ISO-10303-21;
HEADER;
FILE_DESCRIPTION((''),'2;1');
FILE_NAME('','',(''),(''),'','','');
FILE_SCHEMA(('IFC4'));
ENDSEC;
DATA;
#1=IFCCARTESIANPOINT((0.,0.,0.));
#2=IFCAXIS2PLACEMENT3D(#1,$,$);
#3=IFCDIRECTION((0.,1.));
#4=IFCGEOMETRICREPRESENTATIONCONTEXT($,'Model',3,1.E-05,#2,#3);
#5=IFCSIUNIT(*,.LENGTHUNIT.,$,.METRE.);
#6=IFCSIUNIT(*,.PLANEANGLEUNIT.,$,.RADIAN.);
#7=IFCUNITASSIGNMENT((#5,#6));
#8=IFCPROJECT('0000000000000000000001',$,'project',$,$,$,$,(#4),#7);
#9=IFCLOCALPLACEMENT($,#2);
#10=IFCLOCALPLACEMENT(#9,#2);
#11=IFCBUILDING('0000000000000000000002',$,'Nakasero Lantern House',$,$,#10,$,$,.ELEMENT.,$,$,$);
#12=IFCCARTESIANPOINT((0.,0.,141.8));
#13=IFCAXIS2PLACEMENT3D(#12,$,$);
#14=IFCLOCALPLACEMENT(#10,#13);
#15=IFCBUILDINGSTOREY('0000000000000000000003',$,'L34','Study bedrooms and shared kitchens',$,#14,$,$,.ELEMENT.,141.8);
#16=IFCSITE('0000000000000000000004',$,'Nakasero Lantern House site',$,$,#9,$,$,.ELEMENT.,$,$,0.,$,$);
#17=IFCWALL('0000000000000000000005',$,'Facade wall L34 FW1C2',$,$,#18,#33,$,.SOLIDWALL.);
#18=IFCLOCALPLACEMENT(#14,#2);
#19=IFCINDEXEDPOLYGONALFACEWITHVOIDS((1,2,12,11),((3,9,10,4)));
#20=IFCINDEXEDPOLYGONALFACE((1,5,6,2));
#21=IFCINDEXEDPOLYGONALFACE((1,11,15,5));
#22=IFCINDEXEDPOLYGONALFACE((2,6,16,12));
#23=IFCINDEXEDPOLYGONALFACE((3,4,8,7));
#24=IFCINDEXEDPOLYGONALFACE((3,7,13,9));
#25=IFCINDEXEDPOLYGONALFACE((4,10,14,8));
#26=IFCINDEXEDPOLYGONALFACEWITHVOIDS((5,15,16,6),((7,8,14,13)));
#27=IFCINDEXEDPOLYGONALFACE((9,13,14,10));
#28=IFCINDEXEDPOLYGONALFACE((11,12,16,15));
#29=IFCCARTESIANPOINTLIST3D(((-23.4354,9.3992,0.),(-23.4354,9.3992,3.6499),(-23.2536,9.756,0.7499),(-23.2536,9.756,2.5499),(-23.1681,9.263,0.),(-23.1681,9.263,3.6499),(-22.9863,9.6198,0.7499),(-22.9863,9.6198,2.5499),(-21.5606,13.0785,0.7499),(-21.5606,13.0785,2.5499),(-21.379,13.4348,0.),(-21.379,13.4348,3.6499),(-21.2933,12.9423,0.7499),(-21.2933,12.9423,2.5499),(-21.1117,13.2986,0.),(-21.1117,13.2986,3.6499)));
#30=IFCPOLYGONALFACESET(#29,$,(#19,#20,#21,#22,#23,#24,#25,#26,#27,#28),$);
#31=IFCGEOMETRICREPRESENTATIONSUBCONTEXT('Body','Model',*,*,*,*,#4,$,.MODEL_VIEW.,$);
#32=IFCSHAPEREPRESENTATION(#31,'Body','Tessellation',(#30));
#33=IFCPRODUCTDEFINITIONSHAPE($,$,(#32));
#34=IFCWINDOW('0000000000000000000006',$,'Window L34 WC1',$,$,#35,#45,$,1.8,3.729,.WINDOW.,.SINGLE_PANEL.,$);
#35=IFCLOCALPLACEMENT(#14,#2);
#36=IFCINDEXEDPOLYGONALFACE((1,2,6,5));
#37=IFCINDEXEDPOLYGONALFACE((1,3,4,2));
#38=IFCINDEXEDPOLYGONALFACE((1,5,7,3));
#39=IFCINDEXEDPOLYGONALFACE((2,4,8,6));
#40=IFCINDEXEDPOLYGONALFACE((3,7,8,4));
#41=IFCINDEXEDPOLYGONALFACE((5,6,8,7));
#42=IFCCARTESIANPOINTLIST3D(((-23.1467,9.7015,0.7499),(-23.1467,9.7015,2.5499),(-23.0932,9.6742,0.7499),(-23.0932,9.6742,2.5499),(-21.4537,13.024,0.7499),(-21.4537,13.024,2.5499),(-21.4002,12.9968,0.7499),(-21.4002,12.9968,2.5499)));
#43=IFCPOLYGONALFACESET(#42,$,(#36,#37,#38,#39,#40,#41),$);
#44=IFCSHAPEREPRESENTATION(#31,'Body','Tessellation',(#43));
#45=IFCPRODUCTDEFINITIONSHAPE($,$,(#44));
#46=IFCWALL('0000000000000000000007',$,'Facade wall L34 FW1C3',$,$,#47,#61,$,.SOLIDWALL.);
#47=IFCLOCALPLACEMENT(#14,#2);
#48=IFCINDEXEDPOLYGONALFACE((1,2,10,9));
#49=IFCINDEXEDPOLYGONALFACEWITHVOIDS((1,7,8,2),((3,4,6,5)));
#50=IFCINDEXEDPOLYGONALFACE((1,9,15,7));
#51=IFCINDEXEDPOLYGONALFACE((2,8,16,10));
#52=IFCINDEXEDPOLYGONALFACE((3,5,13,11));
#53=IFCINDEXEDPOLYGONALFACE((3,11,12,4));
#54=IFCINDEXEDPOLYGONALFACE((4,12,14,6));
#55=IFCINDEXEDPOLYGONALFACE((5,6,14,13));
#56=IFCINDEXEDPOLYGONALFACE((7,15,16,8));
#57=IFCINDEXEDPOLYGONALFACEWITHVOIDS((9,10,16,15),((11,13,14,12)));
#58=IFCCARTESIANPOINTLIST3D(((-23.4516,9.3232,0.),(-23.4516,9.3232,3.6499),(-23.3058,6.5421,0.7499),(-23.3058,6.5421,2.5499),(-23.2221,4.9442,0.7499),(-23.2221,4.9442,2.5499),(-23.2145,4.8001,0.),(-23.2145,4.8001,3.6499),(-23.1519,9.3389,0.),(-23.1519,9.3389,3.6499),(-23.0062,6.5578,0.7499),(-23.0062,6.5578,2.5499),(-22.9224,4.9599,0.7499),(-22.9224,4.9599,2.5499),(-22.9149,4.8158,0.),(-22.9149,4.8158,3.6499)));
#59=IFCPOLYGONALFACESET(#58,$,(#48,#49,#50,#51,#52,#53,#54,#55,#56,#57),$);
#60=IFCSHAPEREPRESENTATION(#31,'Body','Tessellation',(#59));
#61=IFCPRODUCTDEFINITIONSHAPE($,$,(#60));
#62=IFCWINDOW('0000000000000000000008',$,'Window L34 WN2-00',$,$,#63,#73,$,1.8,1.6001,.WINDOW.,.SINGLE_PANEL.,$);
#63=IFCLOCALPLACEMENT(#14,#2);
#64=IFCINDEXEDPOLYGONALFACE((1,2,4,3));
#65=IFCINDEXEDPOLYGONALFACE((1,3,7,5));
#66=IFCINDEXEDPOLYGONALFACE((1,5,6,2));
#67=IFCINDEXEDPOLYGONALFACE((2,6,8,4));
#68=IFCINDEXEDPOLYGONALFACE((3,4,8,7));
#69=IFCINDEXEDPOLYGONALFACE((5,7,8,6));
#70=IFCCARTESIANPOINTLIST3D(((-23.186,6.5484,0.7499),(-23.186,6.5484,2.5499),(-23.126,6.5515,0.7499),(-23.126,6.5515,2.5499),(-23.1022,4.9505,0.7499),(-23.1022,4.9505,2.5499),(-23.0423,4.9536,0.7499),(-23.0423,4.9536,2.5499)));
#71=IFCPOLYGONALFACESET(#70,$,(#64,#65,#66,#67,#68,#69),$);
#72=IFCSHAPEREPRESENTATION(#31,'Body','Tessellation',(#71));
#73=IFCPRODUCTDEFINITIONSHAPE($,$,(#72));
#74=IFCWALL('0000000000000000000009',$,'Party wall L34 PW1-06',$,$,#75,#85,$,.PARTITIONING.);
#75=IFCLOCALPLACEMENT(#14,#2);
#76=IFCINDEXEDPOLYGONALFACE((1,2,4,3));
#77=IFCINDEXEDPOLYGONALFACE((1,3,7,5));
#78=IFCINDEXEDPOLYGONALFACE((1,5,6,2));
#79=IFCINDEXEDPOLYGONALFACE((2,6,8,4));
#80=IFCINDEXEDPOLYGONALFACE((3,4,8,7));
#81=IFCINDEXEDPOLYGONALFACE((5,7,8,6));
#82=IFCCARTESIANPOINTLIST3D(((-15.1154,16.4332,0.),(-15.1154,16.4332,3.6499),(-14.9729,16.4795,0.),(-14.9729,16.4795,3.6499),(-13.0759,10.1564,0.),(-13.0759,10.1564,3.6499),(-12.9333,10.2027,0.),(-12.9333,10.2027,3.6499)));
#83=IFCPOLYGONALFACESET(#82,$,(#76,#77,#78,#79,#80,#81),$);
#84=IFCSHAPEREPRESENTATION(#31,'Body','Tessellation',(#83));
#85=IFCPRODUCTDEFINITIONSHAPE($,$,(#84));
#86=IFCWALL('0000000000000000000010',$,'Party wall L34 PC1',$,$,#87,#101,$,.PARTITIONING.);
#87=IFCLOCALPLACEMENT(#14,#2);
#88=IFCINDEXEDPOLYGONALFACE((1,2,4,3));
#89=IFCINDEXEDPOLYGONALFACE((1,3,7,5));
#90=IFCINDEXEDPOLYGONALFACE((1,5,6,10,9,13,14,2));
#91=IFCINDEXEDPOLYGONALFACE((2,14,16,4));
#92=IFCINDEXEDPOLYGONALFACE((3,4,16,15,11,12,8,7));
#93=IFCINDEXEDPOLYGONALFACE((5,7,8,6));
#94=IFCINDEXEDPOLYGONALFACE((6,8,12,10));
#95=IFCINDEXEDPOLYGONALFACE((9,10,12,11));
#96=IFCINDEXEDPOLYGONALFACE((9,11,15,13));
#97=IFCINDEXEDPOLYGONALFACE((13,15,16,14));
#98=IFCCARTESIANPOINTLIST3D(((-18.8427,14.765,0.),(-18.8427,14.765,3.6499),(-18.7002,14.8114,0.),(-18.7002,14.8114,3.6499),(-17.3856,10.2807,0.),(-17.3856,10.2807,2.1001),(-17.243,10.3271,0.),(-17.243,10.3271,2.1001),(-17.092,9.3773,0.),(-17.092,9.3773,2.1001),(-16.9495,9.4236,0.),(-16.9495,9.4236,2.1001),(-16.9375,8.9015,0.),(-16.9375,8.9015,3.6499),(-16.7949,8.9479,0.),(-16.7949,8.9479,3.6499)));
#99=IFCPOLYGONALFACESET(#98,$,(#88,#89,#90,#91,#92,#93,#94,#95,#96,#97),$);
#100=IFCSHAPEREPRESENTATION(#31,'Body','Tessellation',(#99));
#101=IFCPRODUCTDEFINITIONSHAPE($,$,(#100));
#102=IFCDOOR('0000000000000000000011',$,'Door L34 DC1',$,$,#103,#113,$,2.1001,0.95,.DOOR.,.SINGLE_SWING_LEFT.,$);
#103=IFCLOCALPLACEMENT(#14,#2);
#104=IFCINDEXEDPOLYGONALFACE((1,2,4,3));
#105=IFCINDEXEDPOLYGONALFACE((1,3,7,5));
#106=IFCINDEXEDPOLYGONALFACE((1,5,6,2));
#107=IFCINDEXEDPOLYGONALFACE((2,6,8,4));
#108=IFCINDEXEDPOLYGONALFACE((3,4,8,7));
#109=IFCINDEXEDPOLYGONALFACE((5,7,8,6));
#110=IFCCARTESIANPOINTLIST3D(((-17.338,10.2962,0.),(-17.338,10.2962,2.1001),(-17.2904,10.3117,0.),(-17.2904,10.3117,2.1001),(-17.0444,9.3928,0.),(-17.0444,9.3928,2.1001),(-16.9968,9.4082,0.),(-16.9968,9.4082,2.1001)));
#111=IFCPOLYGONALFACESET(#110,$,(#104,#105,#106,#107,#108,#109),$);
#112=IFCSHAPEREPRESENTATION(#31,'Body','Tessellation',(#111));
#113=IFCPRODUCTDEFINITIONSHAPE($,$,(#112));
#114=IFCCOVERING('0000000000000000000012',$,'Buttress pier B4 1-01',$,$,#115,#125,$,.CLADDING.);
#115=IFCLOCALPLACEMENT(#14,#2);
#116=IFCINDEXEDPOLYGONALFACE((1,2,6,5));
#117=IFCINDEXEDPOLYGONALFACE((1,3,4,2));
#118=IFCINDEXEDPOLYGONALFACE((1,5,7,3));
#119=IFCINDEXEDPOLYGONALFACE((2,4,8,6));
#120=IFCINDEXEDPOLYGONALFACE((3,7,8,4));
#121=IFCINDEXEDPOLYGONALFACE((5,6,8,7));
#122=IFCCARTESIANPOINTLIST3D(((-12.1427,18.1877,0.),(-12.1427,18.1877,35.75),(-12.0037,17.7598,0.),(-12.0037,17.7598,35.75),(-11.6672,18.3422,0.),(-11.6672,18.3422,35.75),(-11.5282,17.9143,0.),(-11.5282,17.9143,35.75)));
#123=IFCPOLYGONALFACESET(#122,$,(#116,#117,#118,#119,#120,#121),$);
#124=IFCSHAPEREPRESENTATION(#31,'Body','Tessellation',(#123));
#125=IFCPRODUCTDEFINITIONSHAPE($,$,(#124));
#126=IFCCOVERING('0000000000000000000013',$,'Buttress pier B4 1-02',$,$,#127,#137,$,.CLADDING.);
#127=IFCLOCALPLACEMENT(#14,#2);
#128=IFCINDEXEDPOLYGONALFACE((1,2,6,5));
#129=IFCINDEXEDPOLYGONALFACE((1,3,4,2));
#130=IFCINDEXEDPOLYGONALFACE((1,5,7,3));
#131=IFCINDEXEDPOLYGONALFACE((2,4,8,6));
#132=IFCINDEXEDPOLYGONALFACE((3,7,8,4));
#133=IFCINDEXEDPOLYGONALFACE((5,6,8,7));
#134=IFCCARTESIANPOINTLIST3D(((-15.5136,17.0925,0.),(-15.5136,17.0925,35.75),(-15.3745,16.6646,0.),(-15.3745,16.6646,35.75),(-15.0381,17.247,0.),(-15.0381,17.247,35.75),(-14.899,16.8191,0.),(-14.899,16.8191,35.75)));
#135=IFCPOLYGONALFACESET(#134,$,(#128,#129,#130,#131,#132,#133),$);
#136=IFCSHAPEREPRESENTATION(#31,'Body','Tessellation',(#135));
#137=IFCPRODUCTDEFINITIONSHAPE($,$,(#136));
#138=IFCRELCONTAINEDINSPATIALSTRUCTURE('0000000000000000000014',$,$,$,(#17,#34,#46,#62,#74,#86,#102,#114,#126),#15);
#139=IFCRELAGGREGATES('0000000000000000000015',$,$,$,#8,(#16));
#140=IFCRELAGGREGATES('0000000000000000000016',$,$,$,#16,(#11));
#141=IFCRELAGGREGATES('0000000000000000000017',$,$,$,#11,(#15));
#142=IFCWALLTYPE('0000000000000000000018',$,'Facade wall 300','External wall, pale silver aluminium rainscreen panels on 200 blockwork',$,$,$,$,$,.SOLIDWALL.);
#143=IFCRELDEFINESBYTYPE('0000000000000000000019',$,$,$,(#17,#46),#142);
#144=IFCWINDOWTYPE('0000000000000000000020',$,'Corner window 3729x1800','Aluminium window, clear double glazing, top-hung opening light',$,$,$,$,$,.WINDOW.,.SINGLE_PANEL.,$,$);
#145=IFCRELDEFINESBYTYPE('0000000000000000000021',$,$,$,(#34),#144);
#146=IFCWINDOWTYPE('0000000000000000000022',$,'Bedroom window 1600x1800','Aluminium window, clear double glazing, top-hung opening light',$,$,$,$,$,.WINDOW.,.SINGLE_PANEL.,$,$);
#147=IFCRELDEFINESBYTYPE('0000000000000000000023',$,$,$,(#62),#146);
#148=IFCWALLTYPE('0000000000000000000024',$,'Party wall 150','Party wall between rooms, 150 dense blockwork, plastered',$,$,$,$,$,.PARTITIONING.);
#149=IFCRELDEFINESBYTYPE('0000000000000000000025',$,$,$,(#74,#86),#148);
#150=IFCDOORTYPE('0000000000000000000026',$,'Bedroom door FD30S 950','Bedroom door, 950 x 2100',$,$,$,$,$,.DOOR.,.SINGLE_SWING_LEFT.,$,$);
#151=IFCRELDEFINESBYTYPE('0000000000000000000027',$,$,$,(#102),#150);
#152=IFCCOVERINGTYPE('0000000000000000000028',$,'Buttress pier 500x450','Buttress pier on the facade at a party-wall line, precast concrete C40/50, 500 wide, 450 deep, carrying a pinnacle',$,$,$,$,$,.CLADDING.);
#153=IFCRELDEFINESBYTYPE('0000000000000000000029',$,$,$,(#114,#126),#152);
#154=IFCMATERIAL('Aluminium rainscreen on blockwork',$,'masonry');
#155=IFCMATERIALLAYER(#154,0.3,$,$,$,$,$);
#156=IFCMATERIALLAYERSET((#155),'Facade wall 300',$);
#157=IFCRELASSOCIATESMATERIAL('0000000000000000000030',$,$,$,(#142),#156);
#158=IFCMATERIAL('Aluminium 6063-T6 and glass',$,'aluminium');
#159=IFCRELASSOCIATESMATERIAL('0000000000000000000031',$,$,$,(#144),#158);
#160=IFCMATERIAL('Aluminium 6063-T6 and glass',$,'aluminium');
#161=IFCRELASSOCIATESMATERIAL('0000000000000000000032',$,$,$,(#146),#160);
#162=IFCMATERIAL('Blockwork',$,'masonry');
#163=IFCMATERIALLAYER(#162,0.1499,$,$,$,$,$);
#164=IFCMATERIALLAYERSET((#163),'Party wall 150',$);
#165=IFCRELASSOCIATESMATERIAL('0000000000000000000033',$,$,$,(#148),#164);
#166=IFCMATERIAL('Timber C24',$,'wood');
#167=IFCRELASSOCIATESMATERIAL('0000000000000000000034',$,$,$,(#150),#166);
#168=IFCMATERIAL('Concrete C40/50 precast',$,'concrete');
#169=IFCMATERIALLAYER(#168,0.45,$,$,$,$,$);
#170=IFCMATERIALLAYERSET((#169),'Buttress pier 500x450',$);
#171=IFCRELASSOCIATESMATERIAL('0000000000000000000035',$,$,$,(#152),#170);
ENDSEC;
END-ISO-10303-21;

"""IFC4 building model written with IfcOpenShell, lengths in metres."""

from ifc_helpers import new_model, si_unit, direction, frame, frame_2d, origin, origin_2d, place, context, subcontext, project, spatial, rectangle, extrude, material, layer, layer_set, type_object, element, fill, save


model = new_model("IFC4")

# Units and contexts
model_context = context("Model", 3, precision=1e-05, world=origin(), true_north=direction((0.0, 1.0)))
body_context = subcontext(model_context, "Body", "Model", "MODEL_VIEW")
ifc_project = project(units=[si_unit("LENGTHUNIT", "METRE"), si_unit("PLANEANGLEUNIT", "RADIAN")], contexts=[model_context])

# Site, building, storey
site_placement = place(None, origin())
site = spatial("IfcSite", under=ifc_project, at=site_placement, Name="Nakasero Lantern House site", CompositionType="ELEMENT", RefElevation=0.0)
building_placement = place(site_placement, origin())
building = spatial("IfcBuilding", under=site, at=building_placement, Name="Nakasero Lantern House", CompositionType="ELEMENT")
storey_placement = place(building_placement, frame((0.0, 0.0, 141.8)))
storey = spatial("IfcBuildingStorey", under=building, at=storey_placement, Name="L34", Description="Study bedrooms and shared kitchens", CompositionType="ELEMENT", Elevation=141.8)

# Shared definitions
ifc_material_1 = material(Name="Aluminium rainscreen on blockwork", Category="masonry")
ifc_layer_1 = layer(ifc_material_1, 0.3)
ifc_layer_set_1 = layer_set([ifc_layer_1], Name="Facade wall 300")
wall_type_1 = type_object("IfcWallType", Name="Facade wall 300", Description="External wall, pale silver aluminium rainscreen panels on 200 blockwork", PredefinedType="SOLIDWALL", material=ifc_layer_set_1)

# Walls, openings, windows
wall_1_placement = place(storey_placement, frame((-21.2454, 13.3667, 0.0), z_axis=(0.0, 0.0, 1.0), x_axis=(-0.454014, -0.890995, 0.0)))
wall_1 = element("IfcWall", 1, at=wall_1_placement, inside=storey, type_object=wall_type_1, Name="Facade wall L34 FW1C2", PredefinedType="SOLIDWALL", context=body_context, shape_type="SweptSolid", body=[
    extrude(rectangle(XDim=4.5293, YDim=0.3, at=frame_2d((2.2646, 0.0))), origin(), (0.0, 0.0, 1.0), 3.6499),
])
opening_1_placement = place(wall_1_placement, frame((0.3999, 0.0, 0.75)))
opening_1 = element("IfcOpeningElement", 2, at=opening_1_placement, cuts=wall_1, PredefinedType="OPENING", context=body_context, shape_type="SweptSolid", body=[
    extrude(rectangle(XDim=3.729, YDim=1.8, at=frame_2d((1.8645, 0.8999))), frame((0.0, 0.1699, 0.0), z_axis=(0.0, -1.0, 0.0), x_axis=(1.0, 0.0, 0.0)), (0.0, 0.0, 1.0), 0.3401),
])
ifc_material_2 = material(Name="Aluminium 6063-T6 and glass", Category="aluminium")
window_type_1 = type_object("IfcWindowType", Name="Corner window 3729x1800", Description="Aluminium window, clear double glazing, top-hung opening light", PartitioningType="SINGLE_PANEL", PredefinedType="WINDOW", material=ifc_material_2)
window_1_placement = place(opening_1_placement, origin())
window_1 = element("IfcWindow", 3, at=window_1_placement, inside=storey, type_object=window_type_1, Name="Window L34 WC1", OverallHeight=1.8, OverallWidth=3.729, PartitioningType="SINGLE_PANEL", PredefinedType="WINDOW", context=body_context, shape_type="SweptSolid", body=[
    extrude(rectangle(XDim=3.729, YDim=1.8, at=frame_2d((1.8645, 0.8999))), frame((0.0, 0.03, 0.0), z_axis=(0.0, -1.0, 0.0), x_axis=(1.0, 0.0, 0.0)), (0.0, 0.0, 1.0), 0.0601),
])
fill(opening_1, window_1)
wall_2_placement = place(storey_placement, frame((-23.3018, 9.3311, 0.0), z_axis=(0.0, 0.0, 1.0), x_axis=(0.052338, -0.998629, 0.0)))
wall_2 = element("IfcWall", 4, at=wall_2_placement, inside=storey, type_object=wall_type_1, Name="Facade wall L34 FW1C3", PredefinedType="SOLIDWALL", context=body_context, shape_type="SweptSolid", body=[
    extrude(rectangle(XDim=4.5293, YDim=0.3, at=frame_2d((2.2646, 0.0))), origin(), (0.0, 0.0, 1.0), 3.6499),
])
opening_2_placement = place(wall_2_placement, frame((2.7849, 0.0, 0.75)))
opening_2 = element("IfcOpeningElement", 5, at=opening_2_placement, cuts=wall_2, PredefinedType="OPENING", context=body_context, shape_type="SweptSolid", body=[
    extrude(rectangle(XDim=1.6001, YDim=1.8, at=frame_2d((0.8, 0.8999))), frame((0.0, 0.1699, 0.0), z_axis=(0.0, -1.0, 0.0), x_axis=(1.0, 0.0, 0.0)), (0.0, 0.0, 1.0), 0.3401),
])
ifc_material_3 = material(Name="Aluminium 6063-T6 and glass", Category="aluminium")
window_type_2 = type_object("IfcWindowType", Name="Bedroom window 1600x1800", Description="Aluminium window, clear double glazing, top-hung opening light", PartitioningType="SINGLE_PANEL", PredefinedType="WINDOW", material=ifc_material_3)
window_2_placement = place(opening_2_placement, origin())
window_2 = element("IfcWindow", 6, at=window_2_placement, inside=storey, type_object=window_type_2, Name="Window L34 WN2-00", OverallHeight=1.8, OverallWidth=1.6001, PartitioningType="SINGLE_PANEL", PredefinedType="WINDOW", context=body_context, shape_type="SweptSolid", body=[
    extrude(rectangle(XDim=1.6001, YDim=1.8, at=frame_2d((0.8, 0.8999))), frame((0.0, 0.03, 0.0), z_axis=(0.0, -1.0, 0.0), x_axis=(1.0, 0.0, 0.0)), (0.0, 0.0, 1.0), 0.0601),
])
fill(opening_2, window_2)

# Wall
ifc_material_4 = material(Name="Blockwork", Category="masonry")
ifc_layer_2 = layer(ifc_material_4, 0.1499)
ifc_layer_set_2 = layer_set([ifc_layer_2], Name="Party wall 150")
wall_type_2 = type_object("IfcWallType", Name="Party wall 150", Description="Party wall between rooms, 150 dense blockwork, plastered", PredefinedType="PARTITIONING", material=ifc_layer_set_2)
wall_3_placement = place(storey_placement, frame((-13.0046, 10.1797, 0.0), z_axis=(0.0, 0.0, 1.0), x_axis=(-0.309028, 0.951053, 0.0)))
element("IfcWall", 7, at=wall_3_placement, inside=storey, type_object=wall_type_2, Name="Party wall L34 PW1-06", PredefinedType="PARTITIONING", context=body_context, shape_type="SweptSolid", body=[
    extrude(rectangle(XDim=6.5999, YDim=0.1499, at=frame_2d((3.2998, 0.0))), origin(), (0.0, 0.0, 1.0), 3.6499),
])

# Wall, opening, door
wall_4_placement = place(storey_placement, frame((-16.8662, 8.9248, 0.0), z_axis=(0.0, 0.0, 1.0), x_axis=(-0.309031, 0.951052, 0.0)))
wall_4 = element("IfcWall", 8, at=wall_4_placement, inside=storey, type_object=wall_type_2, Name="Party wall L34 PC1", PredefinedType="PARTITIONING", context=body_context, shape_type="SweptSolid", body=[
    extrude(rectangle(XDim=6.1653, YDim=0.1499, at=frame_2d((3.0825, 0.0))), origin(), (0.0, 0.0, 1.0), 3.6499),
])
opening_3_placement = place(wall_4_placement, frame((0.5, 0.0, 0.0)))
opening_3 = element("IfcOpeningElement", 9, at=opening_3_placement, cuts=wall_4, PredefinedType="OPENING", context=body_context, shape_type="SweptSolid", body=[
    extrude(rectangle(XDim=0.95, YDim=2.1001, at=frame_2d((0.4751, 1.05))), frame((0.0, 0.095, 0.0), z_axis=(0.0, -1.0, 0.0), x_axis=(1.0, 0.0, 0.0)), (0.0, 0.0, 1.0), 0.1899),
])
ifc_material_5 = material(Name="Timber C24", Category="wood")
door_type_1 = type_object("IfcDoorType", Name="Bedroom door FD30S 950", Description="Bedroom door, 950 x 2100", OperationType="SINGLE_SWING_LEFT", PredefinedType="DOOR", material=ifc_material_5)
door_1_placement = place(opening_3_placement, origin())
door_1 = element("IfcDoor", 10, at=door_1_placement, inside=storey, type_object=door_type_1, Name="Door L34 DC1", OperationType="SINGLE_SWING_LEFT", OverallHeight=2.1001, OverallWidth=0.95, PredefinedType="DOOR", context=body_context, shape_type="SweptSolid", body=[
    extrude(rectangle(XDim=0.95, YDim=2.1001, at=frame_2d((0.4751, 1.05))), frame((0.0, 0.0249, 0.0), z_axis=(0.0, -1.0, 0.0), x_axis=(1.0, 0.0, 0.0)), (0.0, 0.0, 1.0), 0.05),
])
fill(opening_3, door_1)

# Coverings
ifc_material_6 = material(Name="Concrete C40/50 precast", Category="concrete")
ifc_layer_3 = layer(ifc_material_6, 0.45)
ifc_layer_set_3 = layer_set([ifc_layer_3], Name="Buttress pier 500x450")
covering_type = type_object("IfcCoveringType", Name="Buttress pier 500x450", Description="Buttress pier on the facade at a party-wall line, precast concrete C40/50, 500 wide, 450 deep, carrying a pinnacle", PredefinedType="CLADDING", material=ifc_layer_set_3)
for number, where, z_axis, x_axis, name in (
    (11, (-11.8354, 18.051, 0.0), (0.0, 0.0, 1.0), (-0.309017, 0.951057, 0.0), "Buttress pier B4 1-01"),
    (12, (-15.2063, 16.9558, 0.0), (0.0, 0.0, 1.0), (-0.309017, 0.951057, 0.0), "Buttress pier B4 1-02"),
):
    element("IfcCovering", number, at=place(storey_placement, frame(where, z_axis=z_axis, x_axis=x_axis)), inside=storey, type_object=covering_type, Name=name, PredefinedType="CLADDING", context=body_context, shape_type="SweptSolid", body=[
        extrude(rectangle(XDim=0.45, YDim=0.5, at=origin_2d()), origin(), (0.0, 0.0, 1.0), 35.75),
    ])

save(model, "model.ifc")
